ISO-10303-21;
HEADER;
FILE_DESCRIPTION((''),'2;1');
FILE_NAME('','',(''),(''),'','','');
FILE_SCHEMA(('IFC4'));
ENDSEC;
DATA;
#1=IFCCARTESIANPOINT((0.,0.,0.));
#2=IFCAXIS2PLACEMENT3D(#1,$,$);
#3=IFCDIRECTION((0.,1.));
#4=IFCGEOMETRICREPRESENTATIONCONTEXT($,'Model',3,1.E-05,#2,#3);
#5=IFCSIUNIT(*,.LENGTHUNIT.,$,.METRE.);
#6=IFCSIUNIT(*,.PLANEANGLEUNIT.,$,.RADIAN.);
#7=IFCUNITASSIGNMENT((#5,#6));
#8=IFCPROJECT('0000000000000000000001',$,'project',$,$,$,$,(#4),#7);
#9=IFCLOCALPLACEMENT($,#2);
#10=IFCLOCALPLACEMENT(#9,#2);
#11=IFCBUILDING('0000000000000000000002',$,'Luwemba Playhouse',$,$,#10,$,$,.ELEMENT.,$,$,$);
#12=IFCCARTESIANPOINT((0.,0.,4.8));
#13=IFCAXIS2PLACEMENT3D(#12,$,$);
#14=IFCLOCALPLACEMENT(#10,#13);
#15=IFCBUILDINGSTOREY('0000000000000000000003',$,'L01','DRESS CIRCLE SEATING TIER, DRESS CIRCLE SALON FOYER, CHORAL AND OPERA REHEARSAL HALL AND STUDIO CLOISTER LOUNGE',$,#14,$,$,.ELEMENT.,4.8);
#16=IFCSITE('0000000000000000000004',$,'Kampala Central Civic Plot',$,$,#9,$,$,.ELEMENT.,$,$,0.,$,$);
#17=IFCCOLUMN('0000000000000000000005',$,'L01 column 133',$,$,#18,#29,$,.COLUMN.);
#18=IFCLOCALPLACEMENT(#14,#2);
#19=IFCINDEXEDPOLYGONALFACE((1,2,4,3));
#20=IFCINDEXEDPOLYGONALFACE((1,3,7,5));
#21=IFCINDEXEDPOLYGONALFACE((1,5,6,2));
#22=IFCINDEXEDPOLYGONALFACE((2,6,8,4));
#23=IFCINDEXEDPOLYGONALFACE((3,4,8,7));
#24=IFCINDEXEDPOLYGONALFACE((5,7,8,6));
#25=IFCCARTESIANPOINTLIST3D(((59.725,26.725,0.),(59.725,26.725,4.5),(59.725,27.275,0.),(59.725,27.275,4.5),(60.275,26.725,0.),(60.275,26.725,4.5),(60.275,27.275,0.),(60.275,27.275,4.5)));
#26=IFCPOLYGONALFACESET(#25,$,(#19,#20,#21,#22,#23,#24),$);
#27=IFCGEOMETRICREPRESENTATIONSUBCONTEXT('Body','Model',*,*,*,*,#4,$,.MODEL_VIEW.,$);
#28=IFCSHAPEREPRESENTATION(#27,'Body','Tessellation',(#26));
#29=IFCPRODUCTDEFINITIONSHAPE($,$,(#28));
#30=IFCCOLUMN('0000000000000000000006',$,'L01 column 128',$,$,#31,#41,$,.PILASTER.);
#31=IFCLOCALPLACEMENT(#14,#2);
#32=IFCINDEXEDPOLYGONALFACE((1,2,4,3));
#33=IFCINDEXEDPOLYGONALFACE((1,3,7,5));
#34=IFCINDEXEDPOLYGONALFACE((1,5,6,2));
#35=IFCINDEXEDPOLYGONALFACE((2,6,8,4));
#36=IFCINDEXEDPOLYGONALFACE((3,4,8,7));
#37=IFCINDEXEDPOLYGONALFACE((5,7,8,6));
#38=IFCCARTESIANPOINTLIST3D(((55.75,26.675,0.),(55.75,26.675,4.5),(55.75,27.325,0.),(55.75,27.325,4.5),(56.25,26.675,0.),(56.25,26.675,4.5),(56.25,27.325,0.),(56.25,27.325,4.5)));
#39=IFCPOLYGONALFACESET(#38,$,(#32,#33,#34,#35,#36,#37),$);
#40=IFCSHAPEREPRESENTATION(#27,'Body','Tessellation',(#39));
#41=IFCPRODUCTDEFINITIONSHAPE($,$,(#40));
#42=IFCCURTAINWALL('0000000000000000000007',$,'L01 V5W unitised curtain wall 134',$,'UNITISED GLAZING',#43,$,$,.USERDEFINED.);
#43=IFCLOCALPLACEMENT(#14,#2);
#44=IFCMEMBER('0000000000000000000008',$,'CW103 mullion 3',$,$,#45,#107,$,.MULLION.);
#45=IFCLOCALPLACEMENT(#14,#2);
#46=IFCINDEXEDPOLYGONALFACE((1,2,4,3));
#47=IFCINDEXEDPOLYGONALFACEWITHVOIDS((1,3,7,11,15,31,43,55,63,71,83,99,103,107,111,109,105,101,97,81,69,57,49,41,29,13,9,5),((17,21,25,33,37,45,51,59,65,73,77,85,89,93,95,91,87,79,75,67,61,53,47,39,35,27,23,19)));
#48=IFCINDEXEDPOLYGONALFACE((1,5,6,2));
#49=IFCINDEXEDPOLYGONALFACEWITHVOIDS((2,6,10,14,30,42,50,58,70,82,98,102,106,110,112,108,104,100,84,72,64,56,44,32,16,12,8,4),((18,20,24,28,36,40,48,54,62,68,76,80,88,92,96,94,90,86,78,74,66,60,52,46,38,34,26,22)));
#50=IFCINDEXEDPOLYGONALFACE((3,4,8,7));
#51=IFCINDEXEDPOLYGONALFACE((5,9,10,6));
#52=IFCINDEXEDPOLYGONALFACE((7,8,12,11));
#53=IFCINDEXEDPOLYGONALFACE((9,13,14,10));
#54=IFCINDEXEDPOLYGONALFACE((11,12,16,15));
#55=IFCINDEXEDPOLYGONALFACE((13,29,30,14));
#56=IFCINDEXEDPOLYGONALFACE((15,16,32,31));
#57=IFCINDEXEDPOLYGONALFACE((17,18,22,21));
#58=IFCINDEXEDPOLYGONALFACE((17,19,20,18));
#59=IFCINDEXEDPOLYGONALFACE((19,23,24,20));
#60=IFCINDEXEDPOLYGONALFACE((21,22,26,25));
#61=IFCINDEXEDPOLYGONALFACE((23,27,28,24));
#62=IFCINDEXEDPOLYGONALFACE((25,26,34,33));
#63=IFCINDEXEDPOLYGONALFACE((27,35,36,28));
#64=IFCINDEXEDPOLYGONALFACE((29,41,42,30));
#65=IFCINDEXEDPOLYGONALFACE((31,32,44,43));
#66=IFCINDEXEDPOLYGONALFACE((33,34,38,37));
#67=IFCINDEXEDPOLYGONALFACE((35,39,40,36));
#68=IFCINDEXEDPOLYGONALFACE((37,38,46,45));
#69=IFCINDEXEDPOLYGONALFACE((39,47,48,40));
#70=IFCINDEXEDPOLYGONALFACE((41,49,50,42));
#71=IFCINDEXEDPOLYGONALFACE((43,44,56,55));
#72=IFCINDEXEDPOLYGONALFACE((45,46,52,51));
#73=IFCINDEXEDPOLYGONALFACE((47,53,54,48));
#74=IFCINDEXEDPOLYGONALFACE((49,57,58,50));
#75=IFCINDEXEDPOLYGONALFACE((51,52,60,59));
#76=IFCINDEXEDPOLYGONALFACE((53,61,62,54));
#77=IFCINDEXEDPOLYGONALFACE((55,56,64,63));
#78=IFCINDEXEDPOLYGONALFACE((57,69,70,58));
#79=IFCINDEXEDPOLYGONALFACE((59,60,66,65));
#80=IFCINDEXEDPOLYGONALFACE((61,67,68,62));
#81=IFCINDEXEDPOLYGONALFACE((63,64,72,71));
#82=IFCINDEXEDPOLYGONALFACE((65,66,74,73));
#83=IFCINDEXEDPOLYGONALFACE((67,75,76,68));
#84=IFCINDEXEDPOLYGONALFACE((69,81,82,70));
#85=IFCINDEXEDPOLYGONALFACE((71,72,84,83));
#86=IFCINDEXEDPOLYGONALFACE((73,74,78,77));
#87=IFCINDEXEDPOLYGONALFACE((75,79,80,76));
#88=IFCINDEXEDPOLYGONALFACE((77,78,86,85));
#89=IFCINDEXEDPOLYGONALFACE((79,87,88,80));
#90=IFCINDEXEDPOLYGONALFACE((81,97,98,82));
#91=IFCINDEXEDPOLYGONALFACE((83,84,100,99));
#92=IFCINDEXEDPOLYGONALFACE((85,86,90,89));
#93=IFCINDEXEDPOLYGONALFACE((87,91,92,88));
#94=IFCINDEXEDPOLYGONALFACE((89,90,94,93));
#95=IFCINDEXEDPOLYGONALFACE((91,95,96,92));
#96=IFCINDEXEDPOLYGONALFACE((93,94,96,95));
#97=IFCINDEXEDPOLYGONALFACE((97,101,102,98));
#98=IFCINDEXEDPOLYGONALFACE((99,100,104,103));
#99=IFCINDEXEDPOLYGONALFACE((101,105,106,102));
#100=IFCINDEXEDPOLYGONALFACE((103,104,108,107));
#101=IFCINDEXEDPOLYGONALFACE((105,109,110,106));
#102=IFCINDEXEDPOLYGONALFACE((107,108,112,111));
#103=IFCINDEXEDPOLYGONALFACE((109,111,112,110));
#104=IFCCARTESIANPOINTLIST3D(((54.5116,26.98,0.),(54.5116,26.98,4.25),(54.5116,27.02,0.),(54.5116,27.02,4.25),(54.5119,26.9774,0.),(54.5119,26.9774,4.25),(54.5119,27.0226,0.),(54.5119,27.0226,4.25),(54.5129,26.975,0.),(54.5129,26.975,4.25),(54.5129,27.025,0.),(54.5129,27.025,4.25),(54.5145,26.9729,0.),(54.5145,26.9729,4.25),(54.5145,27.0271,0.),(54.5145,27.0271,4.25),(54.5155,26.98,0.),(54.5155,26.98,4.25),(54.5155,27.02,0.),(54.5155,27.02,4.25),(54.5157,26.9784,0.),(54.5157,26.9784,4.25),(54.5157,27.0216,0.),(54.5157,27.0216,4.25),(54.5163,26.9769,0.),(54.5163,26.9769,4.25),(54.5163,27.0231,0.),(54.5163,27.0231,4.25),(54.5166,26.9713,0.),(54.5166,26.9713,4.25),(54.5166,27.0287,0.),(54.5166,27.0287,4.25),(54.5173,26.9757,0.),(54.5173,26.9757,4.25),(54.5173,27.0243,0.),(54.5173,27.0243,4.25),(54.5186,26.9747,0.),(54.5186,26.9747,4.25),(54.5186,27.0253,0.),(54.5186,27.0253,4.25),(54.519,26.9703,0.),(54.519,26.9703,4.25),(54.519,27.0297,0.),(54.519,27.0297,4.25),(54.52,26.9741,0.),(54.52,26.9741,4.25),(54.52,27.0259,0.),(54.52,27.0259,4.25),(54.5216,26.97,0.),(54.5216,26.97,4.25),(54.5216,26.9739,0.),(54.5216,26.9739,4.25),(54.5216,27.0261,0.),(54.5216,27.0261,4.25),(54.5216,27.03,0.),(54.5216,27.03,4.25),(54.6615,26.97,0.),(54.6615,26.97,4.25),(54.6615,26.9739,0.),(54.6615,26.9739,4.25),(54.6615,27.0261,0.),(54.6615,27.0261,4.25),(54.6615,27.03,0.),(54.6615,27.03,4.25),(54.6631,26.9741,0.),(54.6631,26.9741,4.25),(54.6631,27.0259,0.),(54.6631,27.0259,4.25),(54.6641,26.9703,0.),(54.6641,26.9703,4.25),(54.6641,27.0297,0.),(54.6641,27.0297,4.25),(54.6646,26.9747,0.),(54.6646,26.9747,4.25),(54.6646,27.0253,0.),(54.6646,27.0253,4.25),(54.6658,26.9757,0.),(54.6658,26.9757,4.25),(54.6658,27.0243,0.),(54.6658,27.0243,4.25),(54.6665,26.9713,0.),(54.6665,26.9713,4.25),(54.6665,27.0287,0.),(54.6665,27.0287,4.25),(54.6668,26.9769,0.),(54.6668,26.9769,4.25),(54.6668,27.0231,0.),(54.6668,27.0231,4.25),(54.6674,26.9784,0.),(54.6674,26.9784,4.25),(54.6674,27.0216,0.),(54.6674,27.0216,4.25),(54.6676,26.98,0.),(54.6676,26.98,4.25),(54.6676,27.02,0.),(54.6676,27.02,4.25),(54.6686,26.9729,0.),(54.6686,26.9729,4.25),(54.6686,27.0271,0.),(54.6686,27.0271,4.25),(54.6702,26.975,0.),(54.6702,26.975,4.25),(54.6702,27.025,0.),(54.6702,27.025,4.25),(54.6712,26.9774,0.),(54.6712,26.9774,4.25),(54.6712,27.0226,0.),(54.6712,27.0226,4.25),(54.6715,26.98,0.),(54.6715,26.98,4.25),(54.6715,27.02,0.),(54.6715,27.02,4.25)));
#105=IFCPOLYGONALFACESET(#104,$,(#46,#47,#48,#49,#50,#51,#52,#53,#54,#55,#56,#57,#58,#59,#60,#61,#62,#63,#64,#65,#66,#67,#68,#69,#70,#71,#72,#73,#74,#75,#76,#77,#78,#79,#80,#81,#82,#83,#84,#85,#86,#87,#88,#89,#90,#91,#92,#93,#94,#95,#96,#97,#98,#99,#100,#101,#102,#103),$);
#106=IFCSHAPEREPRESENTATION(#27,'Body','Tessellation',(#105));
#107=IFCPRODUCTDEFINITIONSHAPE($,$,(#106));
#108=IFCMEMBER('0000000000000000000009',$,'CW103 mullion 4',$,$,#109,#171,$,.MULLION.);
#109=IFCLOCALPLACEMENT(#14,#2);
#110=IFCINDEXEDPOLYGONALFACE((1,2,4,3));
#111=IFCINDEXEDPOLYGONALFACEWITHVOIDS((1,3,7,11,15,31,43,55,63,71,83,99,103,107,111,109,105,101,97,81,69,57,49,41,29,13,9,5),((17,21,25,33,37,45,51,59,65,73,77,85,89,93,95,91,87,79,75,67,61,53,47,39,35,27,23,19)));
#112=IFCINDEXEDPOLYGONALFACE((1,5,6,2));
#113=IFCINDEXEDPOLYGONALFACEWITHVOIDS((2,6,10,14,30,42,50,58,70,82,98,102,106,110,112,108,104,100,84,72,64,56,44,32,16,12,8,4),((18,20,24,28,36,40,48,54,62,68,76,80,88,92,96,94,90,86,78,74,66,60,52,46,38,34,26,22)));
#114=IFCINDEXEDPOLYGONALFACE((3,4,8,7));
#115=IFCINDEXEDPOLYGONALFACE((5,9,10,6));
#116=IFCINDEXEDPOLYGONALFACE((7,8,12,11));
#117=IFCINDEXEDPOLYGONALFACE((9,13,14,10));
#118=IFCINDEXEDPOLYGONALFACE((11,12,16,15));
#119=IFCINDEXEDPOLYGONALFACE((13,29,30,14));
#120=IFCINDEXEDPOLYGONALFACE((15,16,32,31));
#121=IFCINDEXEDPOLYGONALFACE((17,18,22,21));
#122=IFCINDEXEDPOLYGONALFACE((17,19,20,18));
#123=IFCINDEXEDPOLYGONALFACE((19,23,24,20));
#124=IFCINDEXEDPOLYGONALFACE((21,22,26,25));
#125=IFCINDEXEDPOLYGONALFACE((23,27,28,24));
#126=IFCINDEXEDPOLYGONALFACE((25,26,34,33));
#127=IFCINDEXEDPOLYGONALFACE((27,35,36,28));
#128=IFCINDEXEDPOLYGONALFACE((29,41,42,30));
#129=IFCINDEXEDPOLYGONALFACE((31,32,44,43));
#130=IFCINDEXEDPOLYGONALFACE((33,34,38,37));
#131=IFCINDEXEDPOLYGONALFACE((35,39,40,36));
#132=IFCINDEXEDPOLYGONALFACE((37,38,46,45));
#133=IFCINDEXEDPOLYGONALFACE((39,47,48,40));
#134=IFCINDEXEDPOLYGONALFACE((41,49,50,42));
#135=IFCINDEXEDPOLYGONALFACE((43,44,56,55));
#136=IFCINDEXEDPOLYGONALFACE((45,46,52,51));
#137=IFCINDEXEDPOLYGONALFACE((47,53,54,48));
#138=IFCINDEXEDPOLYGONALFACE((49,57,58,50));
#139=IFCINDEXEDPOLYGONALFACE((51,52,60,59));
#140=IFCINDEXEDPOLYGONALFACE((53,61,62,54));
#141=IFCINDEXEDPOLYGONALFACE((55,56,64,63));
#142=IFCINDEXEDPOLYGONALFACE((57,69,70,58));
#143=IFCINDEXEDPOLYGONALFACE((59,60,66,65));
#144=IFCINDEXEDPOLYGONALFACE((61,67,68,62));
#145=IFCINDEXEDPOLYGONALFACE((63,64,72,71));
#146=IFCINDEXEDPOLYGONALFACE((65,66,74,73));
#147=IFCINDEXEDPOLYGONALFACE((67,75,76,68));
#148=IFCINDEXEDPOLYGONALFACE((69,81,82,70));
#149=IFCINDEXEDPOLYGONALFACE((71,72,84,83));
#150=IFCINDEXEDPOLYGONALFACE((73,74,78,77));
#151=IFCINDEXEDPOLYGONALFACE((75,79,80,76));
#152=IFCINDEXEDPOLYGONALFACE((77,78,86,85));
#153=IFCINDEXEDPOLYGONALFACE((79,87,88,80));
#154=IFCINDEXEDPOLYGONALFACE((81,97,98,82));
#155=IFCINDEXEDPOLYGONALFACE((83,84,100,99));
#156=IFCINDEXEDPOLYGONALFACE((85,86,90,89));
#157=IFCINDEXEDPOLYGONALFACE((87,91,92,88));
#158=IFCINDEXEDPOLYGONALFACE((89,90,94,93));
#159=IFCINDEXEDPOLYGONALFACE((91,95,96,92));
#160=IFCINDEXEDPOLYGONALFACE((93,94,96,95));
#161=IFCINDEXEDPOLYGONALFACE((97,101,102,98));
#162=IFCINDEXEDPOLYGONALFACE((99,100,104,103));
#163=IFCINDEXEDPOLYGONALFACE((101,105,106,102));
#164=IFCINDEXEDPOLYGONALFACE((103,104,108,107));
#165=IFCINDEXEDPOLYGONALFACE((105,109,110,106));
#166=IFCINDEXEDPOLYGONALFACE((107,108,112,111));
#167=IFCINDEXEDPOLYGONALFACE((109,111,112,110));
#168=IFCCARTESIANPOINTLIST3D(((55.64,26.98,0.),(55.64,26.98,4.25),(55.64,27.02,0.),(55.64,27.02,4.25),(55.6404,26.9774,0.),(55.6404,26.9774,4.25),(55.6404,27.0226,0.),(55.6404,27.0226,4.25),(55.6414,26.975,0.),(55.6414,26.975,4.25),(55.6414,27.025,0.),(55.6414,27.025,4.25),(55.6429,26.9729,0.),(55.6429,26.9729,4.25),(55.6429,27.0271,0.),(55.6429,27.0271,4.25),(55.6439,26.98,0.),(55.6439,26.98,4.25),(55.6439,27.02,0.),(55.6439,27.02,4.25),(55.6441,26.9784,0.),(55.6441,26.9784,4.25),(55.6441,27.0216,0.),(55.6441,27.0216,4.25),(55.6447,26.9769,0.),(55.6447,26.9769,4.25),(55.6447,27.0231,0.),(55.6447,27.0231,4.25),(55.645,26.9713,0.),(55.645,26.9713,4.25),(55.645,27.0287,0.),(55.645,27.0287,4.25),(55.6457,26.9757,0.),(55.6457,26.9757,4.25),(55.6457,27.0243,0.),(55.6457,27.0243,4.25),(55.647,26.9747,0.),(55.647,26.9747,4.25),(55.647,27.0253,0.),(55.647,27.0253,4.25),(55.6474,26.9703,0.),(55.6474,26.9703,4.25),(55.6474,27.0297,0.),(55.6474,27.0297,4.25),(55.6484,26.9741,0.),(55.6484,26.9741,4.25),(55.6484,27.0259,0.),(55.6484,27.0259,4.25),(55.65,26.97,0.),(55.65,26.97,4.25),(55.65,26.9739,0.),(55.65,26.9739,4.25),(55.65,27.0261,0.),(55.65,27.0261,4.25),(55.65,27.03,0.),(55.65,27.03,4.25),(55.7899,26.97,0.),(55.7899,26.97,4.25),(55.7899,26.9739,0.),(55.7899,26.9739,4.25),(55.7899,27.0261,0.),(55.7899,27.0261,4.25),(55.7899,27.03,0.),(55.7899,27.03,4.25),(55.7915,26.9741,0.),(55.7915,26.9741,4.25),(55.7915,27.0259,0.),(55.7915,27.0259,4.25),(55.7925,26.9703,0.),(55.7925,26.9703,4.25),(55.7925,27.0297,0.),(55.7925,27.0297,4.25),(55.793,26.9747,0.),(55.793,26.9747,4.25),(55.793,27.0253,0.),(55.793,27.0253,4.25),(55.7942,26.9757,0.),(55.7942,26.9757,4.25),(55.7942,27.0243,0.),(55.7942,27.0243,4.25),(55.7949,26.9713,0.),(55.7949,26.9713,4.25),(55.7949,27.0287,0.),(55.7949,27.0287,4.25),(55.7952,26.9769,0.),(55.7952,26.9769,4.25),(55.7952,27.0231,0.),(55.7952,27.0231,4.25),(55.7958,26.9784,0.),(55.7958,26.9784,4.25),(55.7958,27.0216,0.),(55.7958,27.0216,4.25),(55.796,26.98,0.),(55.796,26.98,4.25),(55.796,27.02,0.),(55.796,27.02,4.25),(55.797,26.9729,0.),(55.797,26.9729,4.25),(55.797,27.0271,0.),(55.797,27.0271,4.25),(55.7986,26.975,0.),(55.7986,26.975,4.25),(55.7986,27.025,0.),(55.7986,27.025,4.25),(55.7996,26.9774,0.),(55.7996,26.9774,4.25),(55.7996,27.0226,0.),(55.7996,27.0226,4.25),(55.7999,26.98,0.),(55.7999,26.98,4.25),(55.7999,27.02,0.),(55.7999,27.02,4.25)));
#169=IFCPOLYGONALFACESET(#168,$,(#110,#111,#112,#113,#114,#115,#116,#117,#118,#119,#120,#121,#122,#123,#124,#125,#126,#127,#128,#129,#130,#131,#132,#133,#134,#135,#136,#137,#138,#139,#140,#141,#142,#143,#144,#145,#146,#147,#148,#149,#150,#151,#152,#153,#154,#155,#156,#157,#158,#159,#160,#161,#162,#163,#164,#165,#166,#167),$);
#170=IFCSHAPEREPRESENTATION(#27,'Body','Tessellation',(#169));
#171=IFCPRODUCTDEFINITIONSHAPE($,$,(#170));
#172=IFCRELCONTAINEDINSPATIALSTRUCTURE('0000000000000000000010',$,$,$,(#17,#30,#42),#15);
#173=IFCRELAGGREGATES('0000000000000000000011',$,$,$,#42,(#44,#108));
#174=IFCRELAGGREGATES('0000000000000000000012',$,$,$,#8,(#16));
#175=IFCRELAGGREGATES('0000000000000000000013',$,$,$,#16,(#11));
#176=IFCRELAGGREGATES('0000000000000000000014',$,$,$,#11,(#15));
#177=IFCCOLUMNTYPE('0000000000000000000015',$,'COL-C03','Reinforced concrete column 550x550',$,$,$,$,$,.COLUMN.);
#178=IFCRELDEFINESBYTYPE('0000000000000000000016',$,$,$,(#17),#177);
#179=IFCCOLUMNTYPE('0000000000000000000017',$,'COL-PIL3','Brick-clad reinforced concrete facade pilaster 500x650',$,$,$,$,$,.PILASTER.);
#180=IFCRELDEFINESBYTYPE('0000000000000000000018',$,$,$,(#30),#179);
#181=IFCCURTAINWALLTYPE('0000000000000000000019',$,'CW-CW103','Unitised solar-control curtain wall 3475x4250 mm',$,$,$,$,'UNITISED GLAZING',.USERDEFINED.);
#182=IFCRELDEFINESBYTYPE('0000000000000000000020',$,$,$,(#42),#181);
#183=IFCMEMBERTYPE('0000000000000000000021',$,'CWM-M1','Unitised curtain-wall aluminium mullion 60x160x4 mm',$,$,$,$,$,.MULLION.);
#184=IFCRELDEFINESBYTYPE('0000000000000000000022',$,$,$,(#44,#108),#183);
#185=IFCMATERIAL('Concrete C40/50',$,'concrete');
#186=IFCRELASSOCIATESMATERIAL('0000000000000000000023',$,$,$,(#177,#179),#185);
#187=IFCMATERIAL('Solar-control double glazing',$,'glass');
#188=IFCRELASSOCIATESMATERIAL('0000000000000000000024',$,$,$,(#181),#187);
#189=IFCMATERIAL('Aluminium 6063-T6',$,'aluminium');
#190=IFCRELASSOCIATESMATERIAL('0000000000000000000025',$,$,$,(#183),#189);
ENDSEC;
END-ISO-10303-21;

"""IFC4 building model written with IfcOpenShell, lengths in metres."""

from ifc_helpers import new_model, si_unit, direction, frame, origin, origin_2d, place, context, subcontext, project, spatial, rectangle, hollow_rectangle, extrude, material, material_profile, profile_set, type_object, element, aggregate, save


model = new_model("IFC4")

# Units and contexts
model_context = context("Model", 3, precision=1e-05, world=origin(), true_north=direction((0.0, 1.0)))
body_context = subcontext(model_context, "Body", "Model", "MODEL_VIEW")
ifc_project = project(units=[si_unit("LENGTHUNIT", "METRE"), si_unit("PLANEANGLEUNIT", "RADIAN")], contexts=[model_context])

# Site, building, storey
site_placement = place(None, origin())
site = spatial("IfcSite", under=ifc_project, at=site_placement, Name="Kampala Central Civic Plot", CompositionType="ELEMENT", RefElevation=0.0)
building_placement = place(site_placement, origin())
building = spatial("IfcBuilding", under=site, at=building_placement, Name="Luwemba Playhouse", CompositionType="ELEMENT")
storey_placement = place(building_placement, frame((0.0, 0.0, 4.8)))
storey = spatial("IfcBuildingStorey", under=building, at=storey_placement, Name="L01", Description="DRESS CIRCLE SEATING TIER, DRESS CIRCLE SALON FOYER, CHORAL AND OPERA REHEARSAL HALL AND STUDIO CLOISTER LOUNGE", CompositionType="ELEMENT", Elevation=4.8)

# Columns
ifc_material_1 = material(Name="Concrete C40/50", Category="concrete")
ifc_material_profile_1 = material_profile(ifc_material_1, rectangle(XDim=0.55, YDim=0.55, at=origin_2d()))
ifc_profile_set_1 = profile_set([ifc_material_profile_1], Name="Concrete C40/50")
column_type_1 = type_object("IfcColumnType", Name="COL-C03", Description="Reinforced concrete column 550x550", PredefinedType="COLUMN", material=ifc_profile_set_1)
column_1_placement = place(storey_placement, frame((60.0, 27.0, 0.0), z_axis=(0.0, 0.0, 1.0), x_axis=(1.0, 0.0, 0.0)))
element("IfcColumn", 1, at=column_1_placement, inside=storey, type_object=column_type_1, Name="L01 column 133", PredefinedType="COLUMN", context=body_context, shape_type="SweptSolid", body=[
    extrude(rectangle(XDim=0.55, YDim=0.55, at=origin_2d()), origin(), (0.0, 0.0, 1.0), 4.5),
])
ifc_material_profile_2 = material_profile(ifc_material_1, rectangle(XDim=0.5, YDim=0.6499, at=origin_2d()))
ifc_profile_set_2 = profile_set([ifc_material_profile_2], Name="Concrete C40/50")
column_type_2 = type_object("IfcColumnType", Name="COL-PIL3", Description="Brick-clad reinforced concrete facade pilaster 500x650", PredefinedType="PILASTER", material=ifc_profile_set_2)
column_2_placement = place(storey_placement, frame((56.0, 27.0, 0.0), z_axis=(0.0, 0.0, 1.0), x_axis=(1.0, 0.0, 0.0)))
element("IfcColumn", 2, at=column_2_placement, inside=storey, type_object=column_type_2, Name="L01 column 128", PredefinedType="PILASTER", context=body_context, shape_type="SweptSolid", body=[
    extrude(rectangle(XDim=0.5, YDim=0.6499, at=origin_2d()), origin(), (0.0, 0.0, 1.0), 4.5),
])

# Curtain wall, members
ifc_material_2 = material(Name="Solar-control double glazing", Category="glass")
curtain_wall_type_1 = type_object("IfcCurtainWallType", Name="CW-CW103", Description="Unitised solar-control curtain wall 3475x4250 mm", ElementType="UNITISED GLAZING", PredefinedType="USERDEFINED", material=ifc_material_2)
curtain_wall_1_placement = place(storey_placement, origin())
curtain_wall_1 = element("IfcCurtainWall", 3, at=curtain_wall_1_placement, inside=storey, type_object=curtain_wall_type_1, Name="L01 V5W unitised curtain wall 134", ObjectType="UNITISED GLAZING", PredefinedType="USERDEFINED")
ifc_material_3 = material(Name="Aluminium 6063-T6", Category="aluminium")
ifc_material_profile_3 = material_profile(ifc_material_3, hollow_rectangle(XDim=0.0601, YDim=0.1599, WallThickness=0.0039, InnerFilletRadius=0.0061, OuterFilletRadius=0.01, at=origin_2d()))
ifc_profile_set_3 = profile_set([ifc_material_profile_3], Name="Aluminium 6063-T6")
member_type_1 = type_object("IfcMemberType", Name="CWM-M1", Description="Unitised curtain-wall aluminium mullion 60x160x4 mm", PredefinedType="MULLION", material=ifc_profile_set_3)
member_1_placement = place(storey_placement, frame((54.5916, 27.0, 0.0), z_axis=(0.0, 0.0, 1.0), x_axis=(0.0, 1.0, 0.0)))
member_1 = element("IfcMember", 4, at=member_1_placement, type_object=member_type_1, Name="CW103 mullion 3", PredefinedType="MULLION", context=body_context, shape_type="SweptSolid", body=[
    extrude(hollow_rectangle(XDim=0.0601, YDim=0.1599, WallThickness=0.0039, InnerFilletRadius=0.0061, OuterFilletRadius=0.01, at=origin_2d()), origin(), (0.0, 0.0, 1.0), 4.25),
])
member_2_placement = place(storey_placement, frame((55.72, 27.0, 0.0), z_axis=(0.0, 0.0, 1.0), x_axis=(0.0, 1.0, 0.0)))
member_2 = element("IfcMember", 5, at=member_2_placement, type_object=member_type_1, Name="CW103 mullion 4", PredefinedType="MULLION", context=body_context, shape_type="SweptSolid", body=[
    extrude(hollow_rectangle(XDim=0.0601, YDim=0.1599, WallThickness=0.0039, InnerFilletRadius=0.0061, OuterFilletRadius=0.01, at=origin_2d()), origin(), (0.0, 0.0, 1.0), 4.25),
])

aggregate(curtain_wall_1, [member_1, member_2])

save(model, "model.ifc")
